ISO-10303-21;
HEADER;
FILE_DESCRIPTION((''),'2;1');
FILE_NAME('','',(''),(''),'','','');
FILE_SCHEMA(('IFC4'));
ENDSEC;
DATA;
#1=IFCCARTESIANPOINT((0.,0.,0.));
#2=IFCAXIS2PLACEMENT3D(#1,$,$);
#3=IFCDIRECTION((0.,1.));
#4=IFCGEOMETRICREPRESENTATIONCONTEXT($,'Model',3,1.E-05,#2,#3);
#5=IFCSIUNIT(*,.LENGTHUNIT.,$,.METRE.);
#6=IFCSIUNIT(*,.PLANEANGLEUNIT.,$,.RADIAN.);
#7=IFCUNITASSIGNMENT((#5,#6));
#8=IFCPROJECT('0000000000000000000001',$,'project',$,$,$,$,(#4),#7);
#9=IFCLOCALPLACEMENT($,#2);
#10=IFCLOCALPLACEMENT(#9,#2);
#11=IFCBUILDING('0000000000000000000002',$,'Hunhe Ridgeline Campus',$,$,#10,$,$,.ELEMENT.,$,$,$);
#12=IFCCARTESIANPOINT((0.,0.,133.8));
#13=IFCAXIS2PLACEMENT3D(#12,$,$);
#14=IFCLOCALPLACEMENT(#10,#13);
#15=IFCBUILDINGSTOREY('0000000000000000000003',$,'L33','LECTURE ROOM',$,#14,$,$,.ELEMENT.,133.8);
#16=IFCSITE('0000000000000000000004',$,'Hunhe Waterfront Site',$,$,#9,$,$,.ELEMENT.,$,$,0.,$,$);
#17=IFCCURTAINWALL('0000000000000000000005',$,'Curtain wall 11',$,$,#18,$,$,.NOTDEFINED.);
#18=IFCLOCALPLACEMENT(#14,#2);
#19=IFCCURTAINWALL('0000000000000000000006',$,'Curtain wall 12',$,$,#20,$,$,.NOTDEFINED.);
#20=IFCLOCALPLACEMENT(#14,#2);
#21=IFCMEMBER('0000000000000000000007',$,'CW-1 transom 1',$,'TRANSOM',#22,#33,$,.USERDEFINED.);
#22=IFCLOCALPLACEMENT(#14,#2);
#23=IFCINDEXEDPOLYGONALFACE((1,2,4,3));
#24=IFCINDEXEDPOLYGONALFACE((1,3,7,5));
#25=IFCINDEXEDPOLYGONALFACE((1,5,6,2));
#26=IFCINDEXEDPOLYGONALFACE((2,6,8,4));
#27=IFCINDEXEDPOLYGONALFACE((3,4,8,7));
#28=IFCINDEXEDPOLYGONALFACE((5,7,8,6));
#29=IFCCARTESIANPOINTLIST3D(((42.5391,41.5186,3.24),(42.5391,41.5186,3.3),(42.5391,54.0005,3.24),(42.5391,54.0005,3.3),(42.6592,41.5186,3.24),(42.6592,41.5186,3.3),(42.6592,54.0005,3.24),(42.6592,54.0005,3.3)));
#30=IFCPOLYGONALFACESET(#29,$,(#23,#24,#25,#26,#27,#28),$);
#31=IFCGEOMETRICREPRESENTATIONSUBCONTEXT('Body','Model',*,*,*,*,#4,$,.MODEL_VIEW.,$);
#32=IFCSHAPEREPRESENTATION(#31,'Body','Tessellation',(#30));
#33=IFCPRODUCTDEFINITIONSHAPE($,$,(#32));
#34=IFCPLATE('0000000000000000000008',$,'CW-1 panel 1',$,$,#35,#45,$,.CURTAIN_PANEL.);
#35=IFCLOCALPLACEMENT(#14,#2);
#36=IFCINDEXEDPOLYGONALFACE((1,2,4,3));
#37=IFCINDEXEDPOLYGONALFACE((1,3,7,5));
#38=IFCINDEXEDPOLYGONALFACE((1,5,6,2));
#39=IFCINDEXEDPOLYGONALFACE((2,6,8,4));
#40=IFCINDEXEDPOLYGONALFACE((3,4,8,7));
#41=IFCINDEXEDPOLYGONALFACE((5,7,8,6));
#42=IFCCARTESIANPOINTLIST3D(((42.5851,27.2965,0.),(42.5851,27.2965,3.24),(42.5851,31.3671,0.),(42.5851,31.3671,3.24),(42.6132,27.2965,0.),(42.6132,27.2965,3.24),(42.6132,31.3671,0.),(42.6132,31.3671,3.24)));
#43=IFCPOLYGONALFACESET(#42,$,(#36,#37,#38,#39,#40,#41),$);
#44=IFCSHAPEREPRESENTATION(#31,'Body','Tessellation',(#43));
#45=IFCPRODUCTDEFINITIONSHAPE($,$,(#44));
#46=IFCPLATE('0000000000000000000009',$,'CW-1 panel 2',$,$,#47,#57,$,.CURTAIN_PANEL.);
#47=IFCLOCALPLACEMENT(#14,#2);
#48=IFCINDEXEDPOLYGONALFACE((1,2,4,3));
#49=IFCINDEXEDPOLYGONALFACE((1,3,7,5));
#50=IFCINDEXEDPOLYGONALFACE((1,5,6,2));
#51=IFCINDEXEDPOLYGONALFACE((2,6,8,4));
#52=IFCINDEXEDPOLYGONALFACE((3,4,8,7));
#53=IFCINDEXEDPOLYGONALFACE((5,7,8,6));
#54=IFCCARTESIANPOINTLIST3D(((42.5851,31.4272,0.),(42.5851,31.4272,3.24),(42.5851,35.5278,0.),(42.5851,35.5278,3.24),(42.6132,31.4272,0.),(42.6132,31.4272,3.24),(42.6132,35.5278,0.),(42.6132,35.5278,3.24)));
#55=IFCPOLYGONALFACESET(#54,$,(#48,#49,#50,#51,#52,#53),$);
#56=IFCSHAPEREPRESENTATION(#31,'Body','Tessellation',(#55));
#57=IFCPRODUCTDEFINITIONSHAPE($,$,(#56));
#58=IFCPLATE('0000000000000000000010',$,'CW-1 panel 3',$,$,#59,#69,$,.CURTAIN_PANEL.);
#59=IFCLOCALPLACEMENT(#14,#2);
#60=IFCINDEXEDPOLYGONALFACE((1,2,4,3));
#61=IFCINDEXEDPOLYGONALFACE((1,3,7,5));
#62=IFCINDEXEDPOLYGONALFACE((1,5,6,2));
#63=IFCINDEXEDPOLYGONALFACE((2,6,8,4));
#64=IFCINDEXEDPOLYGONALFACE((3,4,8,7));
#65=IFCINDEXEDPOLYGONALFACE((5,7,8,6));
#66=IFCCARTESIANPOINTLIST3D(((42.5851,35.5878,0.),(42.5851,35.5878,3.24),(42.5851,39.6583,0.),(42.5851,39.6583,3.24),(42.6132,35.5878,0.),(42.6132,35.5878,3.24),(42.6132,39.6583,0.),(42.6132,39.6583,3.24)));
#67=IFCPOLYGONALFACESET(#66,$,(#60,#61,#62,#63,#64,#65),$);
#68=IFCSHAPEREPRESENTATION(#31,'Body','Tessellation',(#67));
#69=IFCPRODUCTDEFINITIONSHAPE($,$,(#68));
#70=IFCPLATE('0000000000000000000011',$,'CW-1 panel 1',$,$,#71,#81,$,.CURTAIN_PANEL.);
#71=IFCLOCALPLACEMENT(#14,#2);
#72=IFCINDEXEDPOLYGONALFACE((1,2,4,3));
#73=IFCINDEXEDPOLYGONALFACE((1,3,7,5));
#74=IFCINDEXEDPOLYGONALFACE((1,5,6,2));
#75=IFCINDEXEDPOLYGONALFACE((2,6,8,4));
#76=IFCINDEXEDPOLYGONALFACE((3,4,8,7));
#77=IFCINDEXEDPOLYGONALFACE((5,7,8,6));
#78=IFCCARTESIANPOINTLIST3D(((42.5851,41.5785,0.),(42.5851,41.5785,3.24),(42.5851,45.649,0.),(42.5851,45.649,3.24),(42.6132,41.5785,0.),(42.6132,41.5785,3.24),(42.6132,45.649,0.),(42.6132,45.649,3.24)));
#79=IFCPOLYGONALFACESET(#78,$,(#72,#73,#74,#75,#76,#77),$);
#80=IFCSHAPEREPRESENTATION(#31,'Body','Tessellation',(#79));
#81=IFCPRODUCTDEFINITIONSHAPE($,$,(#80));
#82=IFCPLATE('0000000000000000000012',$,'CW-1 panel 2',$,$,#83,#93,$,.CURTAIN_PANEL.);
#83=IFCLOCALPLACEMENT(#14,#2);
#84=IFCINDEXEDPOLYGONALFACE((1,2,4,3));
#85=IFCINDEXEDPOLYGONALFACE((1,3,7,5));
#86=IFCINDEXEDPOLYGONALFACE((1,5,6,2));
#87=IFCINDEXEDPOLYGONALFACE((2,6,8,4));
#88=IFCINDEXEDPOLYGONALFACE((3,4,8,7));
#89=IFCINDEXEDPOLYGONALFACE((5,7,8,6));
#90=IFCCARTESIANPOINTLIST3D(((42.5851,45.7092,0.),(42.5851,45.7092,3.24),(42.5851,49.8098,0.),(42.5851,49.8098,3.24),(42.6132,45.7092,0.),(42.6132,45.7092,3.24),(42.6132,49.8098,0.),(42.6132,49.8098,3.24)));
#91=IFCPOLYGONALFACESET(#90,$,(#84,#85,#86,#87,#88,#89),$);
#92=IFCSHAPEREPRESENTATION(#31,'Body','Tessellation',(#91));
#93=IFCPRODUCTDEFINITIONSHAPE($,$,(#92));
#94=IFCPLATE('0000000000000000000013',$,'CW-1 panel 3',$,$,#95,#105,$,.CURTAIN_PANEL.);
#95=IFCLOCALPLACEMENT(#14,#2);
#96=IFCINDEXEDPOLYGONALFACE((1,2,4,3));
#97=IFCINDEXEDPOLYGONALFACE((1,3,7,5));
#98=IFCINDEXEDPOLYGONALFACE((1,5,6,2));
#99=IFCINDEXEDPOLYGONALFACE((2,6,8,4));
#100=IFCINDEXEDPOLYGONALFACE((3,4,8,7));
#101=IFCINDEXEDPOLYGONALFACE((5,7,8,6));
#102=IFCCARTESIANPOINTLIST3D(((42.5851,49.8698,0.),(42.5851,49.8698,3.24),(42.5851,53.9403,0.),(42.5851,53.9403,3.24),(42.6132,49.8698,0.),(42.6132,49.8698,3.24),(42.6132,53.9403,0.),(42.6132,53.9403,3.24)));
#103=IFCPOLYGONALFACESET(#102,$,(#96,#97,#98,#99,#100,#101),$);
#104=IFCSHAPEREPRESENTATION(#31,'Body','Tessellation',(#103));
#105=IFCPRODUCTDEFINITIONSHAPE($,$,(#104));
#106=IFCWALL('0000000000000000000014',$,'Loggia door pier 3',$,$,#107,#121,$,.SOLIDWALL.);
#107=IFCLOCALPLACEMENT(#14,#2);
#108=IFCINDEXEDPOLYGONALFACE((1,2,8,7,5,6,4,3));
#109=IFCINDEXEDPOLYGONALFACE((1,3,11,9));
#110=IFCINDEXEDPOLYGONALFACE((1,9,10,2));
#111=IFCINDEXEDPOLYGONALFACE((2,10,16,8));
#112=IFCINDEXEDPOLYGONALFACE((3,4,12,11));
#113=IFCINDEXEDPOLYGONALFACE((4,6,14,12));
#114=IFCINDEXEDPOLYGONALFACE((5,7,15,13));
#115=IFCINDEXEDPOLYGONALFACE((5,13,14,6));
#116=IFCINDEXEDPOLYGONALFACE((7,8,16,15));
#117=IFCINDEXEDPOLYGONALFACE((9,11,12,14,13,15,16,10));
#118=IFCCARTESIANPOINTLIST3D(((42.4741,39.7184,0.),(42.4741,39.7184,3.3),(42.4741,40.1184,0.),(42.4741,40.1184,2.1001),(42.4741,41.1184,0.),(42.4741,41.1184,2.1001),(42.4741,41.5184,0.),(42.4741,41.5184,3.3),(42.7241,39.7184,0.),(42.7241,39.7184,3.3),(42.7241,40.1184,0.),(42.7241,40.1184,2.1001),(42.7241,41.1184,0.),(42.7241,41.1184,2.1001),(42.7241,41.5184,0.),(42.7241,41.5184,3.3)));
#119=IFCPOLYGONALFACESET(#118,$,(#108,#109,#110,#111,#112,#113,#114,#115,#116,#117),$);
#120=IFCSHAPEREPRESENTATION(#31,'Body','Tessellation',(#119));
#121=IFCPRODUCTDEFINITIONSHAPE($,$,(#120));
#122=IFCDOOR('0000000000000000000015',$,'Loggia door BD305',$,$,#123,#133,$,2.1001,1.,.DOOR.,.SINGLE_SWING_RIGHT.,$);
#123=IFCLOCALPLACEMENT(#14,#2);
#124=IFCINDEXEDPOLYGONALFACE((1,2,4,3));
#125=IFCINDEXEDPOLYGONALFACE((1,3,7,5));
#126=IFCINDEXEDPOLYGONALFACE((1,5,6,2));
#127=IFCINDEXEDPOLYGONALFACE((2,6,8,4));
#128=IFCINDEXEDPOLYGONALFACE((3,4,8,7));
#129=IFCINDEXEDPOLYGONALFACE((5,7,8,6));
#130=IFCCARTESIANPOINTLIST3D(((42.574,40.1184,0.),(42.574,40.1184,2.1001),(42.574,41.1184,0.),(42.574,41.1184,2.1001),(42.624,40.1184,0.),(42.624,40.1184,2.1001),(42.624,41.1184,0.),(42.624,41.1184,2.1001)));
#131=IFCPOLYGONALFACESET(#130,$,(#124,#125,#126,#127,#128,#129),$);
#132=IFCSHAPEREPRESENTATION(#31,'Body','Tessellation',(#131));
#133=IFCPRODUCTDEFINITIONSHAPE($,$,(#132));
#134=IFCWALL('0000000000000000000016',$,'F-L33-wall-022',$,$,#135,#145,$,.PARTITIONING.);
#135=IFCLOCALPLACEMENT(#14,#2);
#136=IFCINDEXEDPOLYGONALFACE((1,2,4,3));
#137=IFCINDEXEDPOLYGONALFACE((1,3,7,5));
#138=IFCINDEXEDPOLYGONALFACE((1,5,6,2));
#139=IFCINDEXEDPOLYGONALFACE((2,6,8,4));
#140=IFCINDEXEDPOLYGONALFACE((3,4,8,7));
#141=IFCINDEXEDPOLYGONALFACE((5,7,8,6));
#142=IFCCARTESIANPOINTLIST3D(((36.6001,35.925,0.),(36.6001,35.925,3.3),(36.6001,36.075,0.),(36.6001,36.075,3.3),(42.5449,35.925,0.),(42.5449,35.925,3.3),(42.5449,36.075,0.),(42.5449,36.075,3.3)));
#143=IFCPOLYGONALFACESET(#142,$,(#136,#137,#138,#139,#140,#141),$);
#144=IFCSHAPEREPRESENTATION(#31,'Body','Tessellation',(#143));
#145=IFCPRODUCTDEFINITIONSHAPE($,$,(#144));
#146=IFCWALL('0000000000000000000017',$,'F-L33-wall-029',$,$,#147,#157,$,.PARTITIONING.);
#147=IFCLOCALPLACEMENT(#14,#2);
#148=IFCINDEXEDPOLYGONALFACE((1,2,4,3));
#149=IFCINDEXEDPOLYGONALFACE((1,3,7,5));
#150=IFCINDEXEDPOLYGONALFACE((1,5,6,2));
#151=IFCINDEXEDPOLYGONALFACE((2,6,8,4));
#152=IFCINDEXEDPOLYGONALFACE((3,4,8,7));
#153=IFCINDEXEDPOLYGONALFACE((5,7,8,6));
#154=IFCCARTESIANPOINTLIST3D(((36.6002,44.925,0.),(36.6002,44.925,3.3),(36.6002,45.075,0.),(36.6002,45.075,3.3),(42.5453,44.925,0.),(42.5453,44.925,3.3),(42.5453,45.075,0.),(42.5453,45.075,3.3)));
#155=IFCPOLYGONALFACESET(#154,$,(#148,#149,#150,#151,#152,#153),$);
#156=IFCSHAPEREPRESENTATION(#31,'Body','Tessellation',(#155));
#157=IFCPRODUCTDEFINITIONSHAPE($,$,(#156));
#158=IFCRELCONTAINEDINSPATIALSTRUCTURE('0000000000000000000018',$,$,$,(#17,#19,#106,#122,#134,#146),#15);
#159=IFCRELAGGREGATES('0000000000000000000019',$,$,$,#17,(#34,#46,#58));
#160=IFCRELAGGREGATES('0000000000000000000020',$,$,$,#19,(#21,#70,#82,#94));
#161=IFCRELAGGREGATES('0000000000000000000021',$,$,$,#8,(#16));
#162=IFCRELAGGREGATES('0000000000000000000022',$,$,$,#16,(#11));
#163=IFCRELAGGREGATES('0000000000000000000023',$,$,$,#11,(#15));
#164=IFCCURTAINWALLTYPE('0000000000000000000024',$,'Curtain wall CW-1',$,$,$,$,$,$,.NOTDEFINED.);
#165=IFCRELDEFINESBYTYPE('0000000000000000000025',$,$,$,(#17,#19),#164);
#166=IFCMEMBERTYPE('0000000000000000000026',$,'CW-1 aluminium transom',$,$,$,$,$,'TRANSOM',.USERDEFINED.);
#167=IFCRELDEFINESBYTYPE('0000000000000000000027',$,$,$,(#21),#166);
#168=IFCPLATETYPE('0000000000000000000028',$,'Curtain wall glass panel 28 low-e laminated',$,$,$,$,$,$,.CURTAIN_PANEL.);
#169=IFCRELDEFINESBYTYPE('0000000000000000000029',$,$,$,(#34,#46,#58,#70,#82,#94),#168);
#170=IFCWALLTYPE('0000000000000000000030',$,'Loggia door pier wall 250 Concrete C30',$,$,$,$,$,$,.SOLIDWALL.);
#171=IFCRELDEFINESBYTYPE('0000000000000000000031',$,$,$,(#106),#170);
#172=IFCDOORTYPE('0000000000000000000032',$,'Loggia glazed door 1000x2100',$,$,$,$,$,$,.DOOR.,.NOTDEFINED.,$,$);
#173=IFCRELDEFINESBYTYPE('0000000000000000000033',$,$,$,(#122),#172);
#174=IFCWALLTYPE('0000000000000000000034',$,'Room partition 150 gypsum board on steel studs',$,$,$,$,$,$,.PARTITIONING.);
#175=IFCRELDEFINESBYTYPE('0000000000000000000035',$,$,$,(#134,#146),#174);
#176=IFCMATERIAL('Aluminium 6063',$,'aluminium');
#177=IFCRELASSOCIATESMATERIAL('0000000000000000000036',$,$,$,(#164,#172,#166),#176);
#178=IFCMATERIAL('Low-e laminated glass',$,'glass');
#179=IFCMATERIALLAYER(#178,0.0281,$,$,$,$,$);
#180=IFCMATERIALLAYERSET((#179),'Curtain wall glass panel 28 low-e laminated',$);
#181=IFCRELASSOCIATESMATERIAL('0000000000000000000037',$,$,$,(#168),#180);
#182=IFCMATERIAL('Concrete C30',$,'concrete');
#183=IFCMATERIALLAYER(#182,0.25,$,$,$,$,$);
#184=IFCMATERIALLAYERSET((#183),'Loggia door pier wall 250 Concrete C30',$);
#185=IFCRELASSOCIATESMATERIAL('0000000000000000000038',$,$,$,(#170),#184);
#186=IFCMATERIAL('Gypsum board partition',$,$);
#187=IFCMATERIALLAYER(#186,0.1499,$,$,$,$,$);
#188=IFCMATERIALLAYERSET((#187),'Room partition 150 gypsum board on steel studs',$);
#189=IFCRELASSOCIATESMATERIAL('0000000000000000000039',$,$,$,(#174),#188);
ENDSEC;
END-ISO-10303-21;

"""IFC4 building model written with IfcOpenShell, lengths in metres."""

from ifc_helpers import new_model, si_unit, direction, frame, frame_2d, origin, origin_2d, place, context, subcontext, project, spatial, rectangle, extrude, material, layer, layer_set, material_profile, profile_set, type_object, element, fill, aggregate, save


model = new_model("IFC4")

# Units and contexts
model_context = context("Model", 3, precision=1e-05, world=origin(), true_north=direction((0.0, 1.0)))
body_context = subcontext(model_context, "Body", "Model", "MODEL_VIEW")
ifc_project = project(units=[si_unit("LENGTHUNIT", "METRE"), si_unit("PLANEANGLEUNIT", "RADIAN")], contexts=[model_context])

# Site, building, storey
site_placement = place(None, origin())
site = spatial("IfcSite", under=ifc_project, at=site_placement, Name="Hunhe Waterfront Site", CompositionType="ELEMENT", RefElevation=0.0)
building_placement = place(site_placement, origin())
building = spatial("IfcBuilding", under=site, at=building_placement, Name="Hunhe Ridgeline Campus", CompositionType="ELEMENT")
storey_placement = place(building_placement, frame((0.0, 0.0, 133.8)))
storey = spatial("IfcBuildingStorey", under=building, at=storey_placement, Name="L33", Description="LECTURE ROOM", CompositionType="ELEMENT", Elevation=133.8)

# Curtain walls
ifc_material_1 = material(Name="Aluminium 6063", Category="aluminium")
curtain_wall_type = type_object("IfcCurtainWallType", Name="Curtain wall CW-1", PredefinedType="NOTDEFINED", material=ifc_material_1)
curtain_wall_1_placement = place(storey_placement, origin())
curtain_wall_1 = element("IfcCurtainWall", 1, at=curtain_wall_1_placement, inside=storey, type_object=curtain_wall_type, Name="Curtain wall 11", PredefinedType="NOTDEFINED")
curtain_wall_2_placement = place(storey_placement, origin())
curtain_wall_2 = element("IfcCurtainWall", 2, at=curtain_wall_2_placement, inside=storey, type_object=curtain_wall_type, Name="Curtain wall 12", PredefinedType="NOTDEFINED")

# Member
ifc_material_profile_1 = material_profile(ifc_material_1, rectangle(XDim=0.1201, YDim=0.0601, at=origin_2d()))
ifc_profile_set_1 = profile_set([ifc_material_profile_1], Name="Aluminium 6063")
member_type_1 = type_object("IfcMemberType", Name="CW-1 aluminium transom", ElementType="TRANSOM", PredefinedType="USERDEFINED", material=ifc_profile_set_1)
member_1_placement = place(storey_placement, frame((42.5991, 41.5186, 3.27), z_axis=(0.0, 1.0, 0.0), x_axis=(-1.0, 0.0, 0.0)))
member_1 = element("IfcMember", 3, at=member_1_placement, type_object=member_type_1, Name="CW-1 transom 1", ObjectType="TRANSOM", PredefinedType="USERDEFINED", context=body_context, shape_type="SweptSolid", body=[
    extrude(rectangle(XDim=0.1201, YDim=0.0601, at=origin_2d()), origin(), (0.0, 0.0, 1.0), 12.4819),
])

# Plates
ifc_material_2 = material(Name="Low-e laminated glass", Category="glass")
ifc_layer_1 = layer(ifc_material_2, 0.0281)
ifc_layer_set_1 = layer_set([ifc_layer_1], Name="Curtain wall glass panel 28 low-e laminated")
plate_type = type_object("IfcPlateType", Name="Curtain wall glass panel 28 low-e laminated", PredefinedType="CURTAIN_PANEL", material=ifc_layer_set_1)
plate_1_placement = place(storey_placement, frame((42.5991, 29.3318, 0.0), z_axis=(0.0, 0.0, 1.0), x_axis=(0.000004, 1.0, 0.0)))
plate_1 = element("IfcPlate", 4, at=plate_1_placement, type_object=plate_type, Name="CW-1 panel 1", PredefinedType="CURTAIN_PANEL", context=body_context, shape_type="SweptSolid", body=[
    extrude(rectangle(XDim=4.0706, YDim=0.0281, at=origin_2d()), origin(), (0.0, 0.0, 1.0), 3.24),
])
plate_2_placement = place(storey_placement, frame((42.5991, 33.4775, 0.0), z_axis=(0.0, 0.0, 1.0), x_axis=(0.000004, 1.0, 0.0)))
plate_2 = element("IfcPlate", 5, at=plate_2_placement, type_object=plate_type, Name="CW-1 panel 2", PredefinedType="CURTAIN_PANEL", context=body_context, shape_type="SweptSolid", body=[
    extrude(rectangle(XDim=4.1006, YDim=0.0281, at=origin_2d()), origin(), (0.0, 0.0, 1.0), 3.24),
])
plate_3_placement = place(storey_placement, frame((42.5991, 37.623, 0.0), z_axis=(0.0, 0.0, 1.0), x_axis=(0.000004, 1.0, 0.0)))
plate_3 = element("IfcPlate", 6, at=plate_3_placement, type_object=plate_type, Name="CW-1 panel 3", PredefinedType="CURTAIN_PANEL", context=body_context, shape_type="SweptSolid", body=[
    extrude(rectangle(XDim=4.0706, YDim=0.0281, at=origin_2d()), origin(), (0.0, 0.0, 1.0), 3.24),
])
aggregate(curtain_wall_1, [plate_1, plate_2, plate_3])
plate_4_placement = place(storey_placement, frame((42.5991, 43.6138, 0.0), z_axis=(0.0, 0.0, 1.0), x_axis=(0.000004, 1.0, 0.0)))
plate_4 = element("IfcPlate", 7, at=plate_4_placement, type_object=plate_type, Name="CW-1 panel 1", PredefinedType="CURTAIN_PANEL", context=body_context, shape_type="SweptSolid", body=[
    extrude(rectangle(XDim=4.0706, YDim=0.0281, at=origin_2d()), origin(), (0.0, 0.0, 1.0), 3.24),
])
plate_5_placement = place(storey_placement, frame((42.5991, 47.7595, 0.0), z_axis=(0.0, 0.0, 1.0), x_axis=(0.000004, 1.0, 0.0)))
plate_5 = element("IfcPlate", 8, at=plate_5_placement, type_object=plate_type, Name="CW-1 panel 2", PredefinedType="CURTAIN_PANEL", context=body_context, shape_type="SweptSolid", body=[
    extrude(rectangle(XDim=4.1006, YDim=0.0281, at=origin_2d()), origin(), (0.0, 0.0, 1.0), 3.24),
])
plate_6_placement = place(storey_placement, frame((42.5991, 51.905, 0.0), z_axis=(0.0, 0.0, 1.0), x_axis=(0.000004, 1.0, 0.0)))
plate_6 = element("IfcPlate", 9, at=plate_6_placement, type_object=plate_type, Name="CW-1 panel 3", PredefinedType="CURTAIN_PANEL", context=body_context, shape_type="SweptSolid", body=[
    extrude(rectangle(XDim=4.0706, YDim=0.0281, at=origin_2d()), origin(), (0.0, 0.0, 1.0), 3.24),
])
aggregate(curtain_wall_2, [member_1, plate_4, plate_5, plate_6])

# Wall, opening, door
ifc_material_3 = material(Name="Concrete C30", Category="concrete")
ifc_layer_2 = layer(ifc_material_3, 0.25)
ifc_layer_set_2 = layer_set([ifc_layer_2], Name="Loggia door pier wall 250 Concrete C30")
wall_type_1 = type_object("IfcWallType", Name="Loggia door pier wall 250 Concrete C30", PredefinedType="SOLIDWALL", material=ifc_layer_set_2)
wall_1_placement = place(storey_placement, frame((42.5991, 39.7185, 0.0), z_axis=(0.0, 0.0, 1.0), x_axis=(0.0, 1.0, 0.0)))
wall_1 = element("IfcWall", 10, at=wall_1_placement, inside=storey, type_object=wall_type_1, Name="Loggia door pier 3", PredefinedType="SOLIDWALL", context=body_context, shape_type="SweptSolid", body=[
    extrude(rectangle(XDim=1.8, YDim=0.25, at=frame_2d((0.8999, 0.0))), origin(), (0.0, 0.0, 1.0), 3.3),
])
opening_placement = place(wall_1_placement, frame((0.3999, 0.0, 0.0)))
opening = element("IfcOpeningElement", 11, at=opening_placement, cuts=wall_1, PredefinedType="OPENING", context=body_context, shape_type="SweptSolid", body=[
    extrude(rectangle(XDim=1.0, YDim=2.1001, at=frame_2d((0.5, 1.05))), frame((0.0, 0.125, 0.0), z_axis=(0.0, -1.0, 0.0), x_axis=(1.0, 0.0, 0.0)), (0.0, 0.0, 1.0), 0.25),
])
door_type = type_object("IfcDoorType", Name="Loggia glazed door 1000x2100", OperationType="NOTDEFINED", PredefinedType="DOOR", material=ifc_material_1)
door_placement = place(opening_placement, frame((1.0, 0.0, 0.0), z_axis=(0.0, 0.0, 1.0), x_axis=(-1.0, 0.0, 0.0)))
door = element("IfcDoor", 12, at=door_placement, inside=storey, type_object=door_type, Name="Loggia door BD305", OperationType="SINGLE_SWING_RIGHT", OverallHeight=2.1001, OverallWidth=1.0, PredefinedType="DOOR", context=body_context, shape_type="SweptSolid", body=[
    extrude(rectangle(XDim=1.0, YDim=2.1001, at=frame_2d((0.5, 1.05))), frame((0.0, 0.0249, 0.0), z_axis=(0.0, -1.0, 0.0), x_axis=(1.0, 0.0, 0.0)), (0.0, 0.0, 1.0), 0.05),
])
fill(opening, door)

# Walls
ifc_material_4 = material(Name="Gypsum board partition")
ifc_layer_3 = layer(ifc_material_4, 0.1499)
ifc_layer_set_3 = layer_set([ifc_layer_3], Name="Room partition 150 gypsum board on steel studs")
wall_type_2 = type_object("IfcWallType", Name="Room partition 150 gypsum board on steel studs", PredefinedType="PARTITIONING", material=ifc_layer_set_3)
wall_2_placement = place(storey_placement, frame((36.6001, 36.0, 0.0), z_axis=(0.0, 0.0, 1.0), x_axis=(1.0, 0.0, 0.0)))
element("IfcWall", 13, at=wall_2_placement, inside=storey, type_object=wall_type_2, Name="F-L33-wall-022", PredefinedType="PARTITIONING", context=body_context, shape_type="SweptSolid", body=[
    extrude(rectangle(XDim=5.9448, YDim=0.1499, at=frame_2d((2.9724, 0.0))), origin(), (0.0, 0.0, 1.0), 3.3),
])
wall_3_placement = place(storey_placement, frame((36.6001, 45.0, 0.0), z_axis=(0.0, 0.0, 1.0), x_axis=(1.0, 0.0, 0.0)))
element("IfcWall", 14, at=wall_3_placement, inside=storey, type_object=wall_type_2, Name="F-L33-wall-029", PredefinedType="PARTITIONING", context=body_context, shape_type="SweptSolid", body=[
    extrude(rectangle(XDim=5.9451, YDim=0.1499, at=frame_2d((2.9727, 0.0))), origin(), (0.0, 0.0, 1.0), 3.3),
])

save(model, "model.ifc")
